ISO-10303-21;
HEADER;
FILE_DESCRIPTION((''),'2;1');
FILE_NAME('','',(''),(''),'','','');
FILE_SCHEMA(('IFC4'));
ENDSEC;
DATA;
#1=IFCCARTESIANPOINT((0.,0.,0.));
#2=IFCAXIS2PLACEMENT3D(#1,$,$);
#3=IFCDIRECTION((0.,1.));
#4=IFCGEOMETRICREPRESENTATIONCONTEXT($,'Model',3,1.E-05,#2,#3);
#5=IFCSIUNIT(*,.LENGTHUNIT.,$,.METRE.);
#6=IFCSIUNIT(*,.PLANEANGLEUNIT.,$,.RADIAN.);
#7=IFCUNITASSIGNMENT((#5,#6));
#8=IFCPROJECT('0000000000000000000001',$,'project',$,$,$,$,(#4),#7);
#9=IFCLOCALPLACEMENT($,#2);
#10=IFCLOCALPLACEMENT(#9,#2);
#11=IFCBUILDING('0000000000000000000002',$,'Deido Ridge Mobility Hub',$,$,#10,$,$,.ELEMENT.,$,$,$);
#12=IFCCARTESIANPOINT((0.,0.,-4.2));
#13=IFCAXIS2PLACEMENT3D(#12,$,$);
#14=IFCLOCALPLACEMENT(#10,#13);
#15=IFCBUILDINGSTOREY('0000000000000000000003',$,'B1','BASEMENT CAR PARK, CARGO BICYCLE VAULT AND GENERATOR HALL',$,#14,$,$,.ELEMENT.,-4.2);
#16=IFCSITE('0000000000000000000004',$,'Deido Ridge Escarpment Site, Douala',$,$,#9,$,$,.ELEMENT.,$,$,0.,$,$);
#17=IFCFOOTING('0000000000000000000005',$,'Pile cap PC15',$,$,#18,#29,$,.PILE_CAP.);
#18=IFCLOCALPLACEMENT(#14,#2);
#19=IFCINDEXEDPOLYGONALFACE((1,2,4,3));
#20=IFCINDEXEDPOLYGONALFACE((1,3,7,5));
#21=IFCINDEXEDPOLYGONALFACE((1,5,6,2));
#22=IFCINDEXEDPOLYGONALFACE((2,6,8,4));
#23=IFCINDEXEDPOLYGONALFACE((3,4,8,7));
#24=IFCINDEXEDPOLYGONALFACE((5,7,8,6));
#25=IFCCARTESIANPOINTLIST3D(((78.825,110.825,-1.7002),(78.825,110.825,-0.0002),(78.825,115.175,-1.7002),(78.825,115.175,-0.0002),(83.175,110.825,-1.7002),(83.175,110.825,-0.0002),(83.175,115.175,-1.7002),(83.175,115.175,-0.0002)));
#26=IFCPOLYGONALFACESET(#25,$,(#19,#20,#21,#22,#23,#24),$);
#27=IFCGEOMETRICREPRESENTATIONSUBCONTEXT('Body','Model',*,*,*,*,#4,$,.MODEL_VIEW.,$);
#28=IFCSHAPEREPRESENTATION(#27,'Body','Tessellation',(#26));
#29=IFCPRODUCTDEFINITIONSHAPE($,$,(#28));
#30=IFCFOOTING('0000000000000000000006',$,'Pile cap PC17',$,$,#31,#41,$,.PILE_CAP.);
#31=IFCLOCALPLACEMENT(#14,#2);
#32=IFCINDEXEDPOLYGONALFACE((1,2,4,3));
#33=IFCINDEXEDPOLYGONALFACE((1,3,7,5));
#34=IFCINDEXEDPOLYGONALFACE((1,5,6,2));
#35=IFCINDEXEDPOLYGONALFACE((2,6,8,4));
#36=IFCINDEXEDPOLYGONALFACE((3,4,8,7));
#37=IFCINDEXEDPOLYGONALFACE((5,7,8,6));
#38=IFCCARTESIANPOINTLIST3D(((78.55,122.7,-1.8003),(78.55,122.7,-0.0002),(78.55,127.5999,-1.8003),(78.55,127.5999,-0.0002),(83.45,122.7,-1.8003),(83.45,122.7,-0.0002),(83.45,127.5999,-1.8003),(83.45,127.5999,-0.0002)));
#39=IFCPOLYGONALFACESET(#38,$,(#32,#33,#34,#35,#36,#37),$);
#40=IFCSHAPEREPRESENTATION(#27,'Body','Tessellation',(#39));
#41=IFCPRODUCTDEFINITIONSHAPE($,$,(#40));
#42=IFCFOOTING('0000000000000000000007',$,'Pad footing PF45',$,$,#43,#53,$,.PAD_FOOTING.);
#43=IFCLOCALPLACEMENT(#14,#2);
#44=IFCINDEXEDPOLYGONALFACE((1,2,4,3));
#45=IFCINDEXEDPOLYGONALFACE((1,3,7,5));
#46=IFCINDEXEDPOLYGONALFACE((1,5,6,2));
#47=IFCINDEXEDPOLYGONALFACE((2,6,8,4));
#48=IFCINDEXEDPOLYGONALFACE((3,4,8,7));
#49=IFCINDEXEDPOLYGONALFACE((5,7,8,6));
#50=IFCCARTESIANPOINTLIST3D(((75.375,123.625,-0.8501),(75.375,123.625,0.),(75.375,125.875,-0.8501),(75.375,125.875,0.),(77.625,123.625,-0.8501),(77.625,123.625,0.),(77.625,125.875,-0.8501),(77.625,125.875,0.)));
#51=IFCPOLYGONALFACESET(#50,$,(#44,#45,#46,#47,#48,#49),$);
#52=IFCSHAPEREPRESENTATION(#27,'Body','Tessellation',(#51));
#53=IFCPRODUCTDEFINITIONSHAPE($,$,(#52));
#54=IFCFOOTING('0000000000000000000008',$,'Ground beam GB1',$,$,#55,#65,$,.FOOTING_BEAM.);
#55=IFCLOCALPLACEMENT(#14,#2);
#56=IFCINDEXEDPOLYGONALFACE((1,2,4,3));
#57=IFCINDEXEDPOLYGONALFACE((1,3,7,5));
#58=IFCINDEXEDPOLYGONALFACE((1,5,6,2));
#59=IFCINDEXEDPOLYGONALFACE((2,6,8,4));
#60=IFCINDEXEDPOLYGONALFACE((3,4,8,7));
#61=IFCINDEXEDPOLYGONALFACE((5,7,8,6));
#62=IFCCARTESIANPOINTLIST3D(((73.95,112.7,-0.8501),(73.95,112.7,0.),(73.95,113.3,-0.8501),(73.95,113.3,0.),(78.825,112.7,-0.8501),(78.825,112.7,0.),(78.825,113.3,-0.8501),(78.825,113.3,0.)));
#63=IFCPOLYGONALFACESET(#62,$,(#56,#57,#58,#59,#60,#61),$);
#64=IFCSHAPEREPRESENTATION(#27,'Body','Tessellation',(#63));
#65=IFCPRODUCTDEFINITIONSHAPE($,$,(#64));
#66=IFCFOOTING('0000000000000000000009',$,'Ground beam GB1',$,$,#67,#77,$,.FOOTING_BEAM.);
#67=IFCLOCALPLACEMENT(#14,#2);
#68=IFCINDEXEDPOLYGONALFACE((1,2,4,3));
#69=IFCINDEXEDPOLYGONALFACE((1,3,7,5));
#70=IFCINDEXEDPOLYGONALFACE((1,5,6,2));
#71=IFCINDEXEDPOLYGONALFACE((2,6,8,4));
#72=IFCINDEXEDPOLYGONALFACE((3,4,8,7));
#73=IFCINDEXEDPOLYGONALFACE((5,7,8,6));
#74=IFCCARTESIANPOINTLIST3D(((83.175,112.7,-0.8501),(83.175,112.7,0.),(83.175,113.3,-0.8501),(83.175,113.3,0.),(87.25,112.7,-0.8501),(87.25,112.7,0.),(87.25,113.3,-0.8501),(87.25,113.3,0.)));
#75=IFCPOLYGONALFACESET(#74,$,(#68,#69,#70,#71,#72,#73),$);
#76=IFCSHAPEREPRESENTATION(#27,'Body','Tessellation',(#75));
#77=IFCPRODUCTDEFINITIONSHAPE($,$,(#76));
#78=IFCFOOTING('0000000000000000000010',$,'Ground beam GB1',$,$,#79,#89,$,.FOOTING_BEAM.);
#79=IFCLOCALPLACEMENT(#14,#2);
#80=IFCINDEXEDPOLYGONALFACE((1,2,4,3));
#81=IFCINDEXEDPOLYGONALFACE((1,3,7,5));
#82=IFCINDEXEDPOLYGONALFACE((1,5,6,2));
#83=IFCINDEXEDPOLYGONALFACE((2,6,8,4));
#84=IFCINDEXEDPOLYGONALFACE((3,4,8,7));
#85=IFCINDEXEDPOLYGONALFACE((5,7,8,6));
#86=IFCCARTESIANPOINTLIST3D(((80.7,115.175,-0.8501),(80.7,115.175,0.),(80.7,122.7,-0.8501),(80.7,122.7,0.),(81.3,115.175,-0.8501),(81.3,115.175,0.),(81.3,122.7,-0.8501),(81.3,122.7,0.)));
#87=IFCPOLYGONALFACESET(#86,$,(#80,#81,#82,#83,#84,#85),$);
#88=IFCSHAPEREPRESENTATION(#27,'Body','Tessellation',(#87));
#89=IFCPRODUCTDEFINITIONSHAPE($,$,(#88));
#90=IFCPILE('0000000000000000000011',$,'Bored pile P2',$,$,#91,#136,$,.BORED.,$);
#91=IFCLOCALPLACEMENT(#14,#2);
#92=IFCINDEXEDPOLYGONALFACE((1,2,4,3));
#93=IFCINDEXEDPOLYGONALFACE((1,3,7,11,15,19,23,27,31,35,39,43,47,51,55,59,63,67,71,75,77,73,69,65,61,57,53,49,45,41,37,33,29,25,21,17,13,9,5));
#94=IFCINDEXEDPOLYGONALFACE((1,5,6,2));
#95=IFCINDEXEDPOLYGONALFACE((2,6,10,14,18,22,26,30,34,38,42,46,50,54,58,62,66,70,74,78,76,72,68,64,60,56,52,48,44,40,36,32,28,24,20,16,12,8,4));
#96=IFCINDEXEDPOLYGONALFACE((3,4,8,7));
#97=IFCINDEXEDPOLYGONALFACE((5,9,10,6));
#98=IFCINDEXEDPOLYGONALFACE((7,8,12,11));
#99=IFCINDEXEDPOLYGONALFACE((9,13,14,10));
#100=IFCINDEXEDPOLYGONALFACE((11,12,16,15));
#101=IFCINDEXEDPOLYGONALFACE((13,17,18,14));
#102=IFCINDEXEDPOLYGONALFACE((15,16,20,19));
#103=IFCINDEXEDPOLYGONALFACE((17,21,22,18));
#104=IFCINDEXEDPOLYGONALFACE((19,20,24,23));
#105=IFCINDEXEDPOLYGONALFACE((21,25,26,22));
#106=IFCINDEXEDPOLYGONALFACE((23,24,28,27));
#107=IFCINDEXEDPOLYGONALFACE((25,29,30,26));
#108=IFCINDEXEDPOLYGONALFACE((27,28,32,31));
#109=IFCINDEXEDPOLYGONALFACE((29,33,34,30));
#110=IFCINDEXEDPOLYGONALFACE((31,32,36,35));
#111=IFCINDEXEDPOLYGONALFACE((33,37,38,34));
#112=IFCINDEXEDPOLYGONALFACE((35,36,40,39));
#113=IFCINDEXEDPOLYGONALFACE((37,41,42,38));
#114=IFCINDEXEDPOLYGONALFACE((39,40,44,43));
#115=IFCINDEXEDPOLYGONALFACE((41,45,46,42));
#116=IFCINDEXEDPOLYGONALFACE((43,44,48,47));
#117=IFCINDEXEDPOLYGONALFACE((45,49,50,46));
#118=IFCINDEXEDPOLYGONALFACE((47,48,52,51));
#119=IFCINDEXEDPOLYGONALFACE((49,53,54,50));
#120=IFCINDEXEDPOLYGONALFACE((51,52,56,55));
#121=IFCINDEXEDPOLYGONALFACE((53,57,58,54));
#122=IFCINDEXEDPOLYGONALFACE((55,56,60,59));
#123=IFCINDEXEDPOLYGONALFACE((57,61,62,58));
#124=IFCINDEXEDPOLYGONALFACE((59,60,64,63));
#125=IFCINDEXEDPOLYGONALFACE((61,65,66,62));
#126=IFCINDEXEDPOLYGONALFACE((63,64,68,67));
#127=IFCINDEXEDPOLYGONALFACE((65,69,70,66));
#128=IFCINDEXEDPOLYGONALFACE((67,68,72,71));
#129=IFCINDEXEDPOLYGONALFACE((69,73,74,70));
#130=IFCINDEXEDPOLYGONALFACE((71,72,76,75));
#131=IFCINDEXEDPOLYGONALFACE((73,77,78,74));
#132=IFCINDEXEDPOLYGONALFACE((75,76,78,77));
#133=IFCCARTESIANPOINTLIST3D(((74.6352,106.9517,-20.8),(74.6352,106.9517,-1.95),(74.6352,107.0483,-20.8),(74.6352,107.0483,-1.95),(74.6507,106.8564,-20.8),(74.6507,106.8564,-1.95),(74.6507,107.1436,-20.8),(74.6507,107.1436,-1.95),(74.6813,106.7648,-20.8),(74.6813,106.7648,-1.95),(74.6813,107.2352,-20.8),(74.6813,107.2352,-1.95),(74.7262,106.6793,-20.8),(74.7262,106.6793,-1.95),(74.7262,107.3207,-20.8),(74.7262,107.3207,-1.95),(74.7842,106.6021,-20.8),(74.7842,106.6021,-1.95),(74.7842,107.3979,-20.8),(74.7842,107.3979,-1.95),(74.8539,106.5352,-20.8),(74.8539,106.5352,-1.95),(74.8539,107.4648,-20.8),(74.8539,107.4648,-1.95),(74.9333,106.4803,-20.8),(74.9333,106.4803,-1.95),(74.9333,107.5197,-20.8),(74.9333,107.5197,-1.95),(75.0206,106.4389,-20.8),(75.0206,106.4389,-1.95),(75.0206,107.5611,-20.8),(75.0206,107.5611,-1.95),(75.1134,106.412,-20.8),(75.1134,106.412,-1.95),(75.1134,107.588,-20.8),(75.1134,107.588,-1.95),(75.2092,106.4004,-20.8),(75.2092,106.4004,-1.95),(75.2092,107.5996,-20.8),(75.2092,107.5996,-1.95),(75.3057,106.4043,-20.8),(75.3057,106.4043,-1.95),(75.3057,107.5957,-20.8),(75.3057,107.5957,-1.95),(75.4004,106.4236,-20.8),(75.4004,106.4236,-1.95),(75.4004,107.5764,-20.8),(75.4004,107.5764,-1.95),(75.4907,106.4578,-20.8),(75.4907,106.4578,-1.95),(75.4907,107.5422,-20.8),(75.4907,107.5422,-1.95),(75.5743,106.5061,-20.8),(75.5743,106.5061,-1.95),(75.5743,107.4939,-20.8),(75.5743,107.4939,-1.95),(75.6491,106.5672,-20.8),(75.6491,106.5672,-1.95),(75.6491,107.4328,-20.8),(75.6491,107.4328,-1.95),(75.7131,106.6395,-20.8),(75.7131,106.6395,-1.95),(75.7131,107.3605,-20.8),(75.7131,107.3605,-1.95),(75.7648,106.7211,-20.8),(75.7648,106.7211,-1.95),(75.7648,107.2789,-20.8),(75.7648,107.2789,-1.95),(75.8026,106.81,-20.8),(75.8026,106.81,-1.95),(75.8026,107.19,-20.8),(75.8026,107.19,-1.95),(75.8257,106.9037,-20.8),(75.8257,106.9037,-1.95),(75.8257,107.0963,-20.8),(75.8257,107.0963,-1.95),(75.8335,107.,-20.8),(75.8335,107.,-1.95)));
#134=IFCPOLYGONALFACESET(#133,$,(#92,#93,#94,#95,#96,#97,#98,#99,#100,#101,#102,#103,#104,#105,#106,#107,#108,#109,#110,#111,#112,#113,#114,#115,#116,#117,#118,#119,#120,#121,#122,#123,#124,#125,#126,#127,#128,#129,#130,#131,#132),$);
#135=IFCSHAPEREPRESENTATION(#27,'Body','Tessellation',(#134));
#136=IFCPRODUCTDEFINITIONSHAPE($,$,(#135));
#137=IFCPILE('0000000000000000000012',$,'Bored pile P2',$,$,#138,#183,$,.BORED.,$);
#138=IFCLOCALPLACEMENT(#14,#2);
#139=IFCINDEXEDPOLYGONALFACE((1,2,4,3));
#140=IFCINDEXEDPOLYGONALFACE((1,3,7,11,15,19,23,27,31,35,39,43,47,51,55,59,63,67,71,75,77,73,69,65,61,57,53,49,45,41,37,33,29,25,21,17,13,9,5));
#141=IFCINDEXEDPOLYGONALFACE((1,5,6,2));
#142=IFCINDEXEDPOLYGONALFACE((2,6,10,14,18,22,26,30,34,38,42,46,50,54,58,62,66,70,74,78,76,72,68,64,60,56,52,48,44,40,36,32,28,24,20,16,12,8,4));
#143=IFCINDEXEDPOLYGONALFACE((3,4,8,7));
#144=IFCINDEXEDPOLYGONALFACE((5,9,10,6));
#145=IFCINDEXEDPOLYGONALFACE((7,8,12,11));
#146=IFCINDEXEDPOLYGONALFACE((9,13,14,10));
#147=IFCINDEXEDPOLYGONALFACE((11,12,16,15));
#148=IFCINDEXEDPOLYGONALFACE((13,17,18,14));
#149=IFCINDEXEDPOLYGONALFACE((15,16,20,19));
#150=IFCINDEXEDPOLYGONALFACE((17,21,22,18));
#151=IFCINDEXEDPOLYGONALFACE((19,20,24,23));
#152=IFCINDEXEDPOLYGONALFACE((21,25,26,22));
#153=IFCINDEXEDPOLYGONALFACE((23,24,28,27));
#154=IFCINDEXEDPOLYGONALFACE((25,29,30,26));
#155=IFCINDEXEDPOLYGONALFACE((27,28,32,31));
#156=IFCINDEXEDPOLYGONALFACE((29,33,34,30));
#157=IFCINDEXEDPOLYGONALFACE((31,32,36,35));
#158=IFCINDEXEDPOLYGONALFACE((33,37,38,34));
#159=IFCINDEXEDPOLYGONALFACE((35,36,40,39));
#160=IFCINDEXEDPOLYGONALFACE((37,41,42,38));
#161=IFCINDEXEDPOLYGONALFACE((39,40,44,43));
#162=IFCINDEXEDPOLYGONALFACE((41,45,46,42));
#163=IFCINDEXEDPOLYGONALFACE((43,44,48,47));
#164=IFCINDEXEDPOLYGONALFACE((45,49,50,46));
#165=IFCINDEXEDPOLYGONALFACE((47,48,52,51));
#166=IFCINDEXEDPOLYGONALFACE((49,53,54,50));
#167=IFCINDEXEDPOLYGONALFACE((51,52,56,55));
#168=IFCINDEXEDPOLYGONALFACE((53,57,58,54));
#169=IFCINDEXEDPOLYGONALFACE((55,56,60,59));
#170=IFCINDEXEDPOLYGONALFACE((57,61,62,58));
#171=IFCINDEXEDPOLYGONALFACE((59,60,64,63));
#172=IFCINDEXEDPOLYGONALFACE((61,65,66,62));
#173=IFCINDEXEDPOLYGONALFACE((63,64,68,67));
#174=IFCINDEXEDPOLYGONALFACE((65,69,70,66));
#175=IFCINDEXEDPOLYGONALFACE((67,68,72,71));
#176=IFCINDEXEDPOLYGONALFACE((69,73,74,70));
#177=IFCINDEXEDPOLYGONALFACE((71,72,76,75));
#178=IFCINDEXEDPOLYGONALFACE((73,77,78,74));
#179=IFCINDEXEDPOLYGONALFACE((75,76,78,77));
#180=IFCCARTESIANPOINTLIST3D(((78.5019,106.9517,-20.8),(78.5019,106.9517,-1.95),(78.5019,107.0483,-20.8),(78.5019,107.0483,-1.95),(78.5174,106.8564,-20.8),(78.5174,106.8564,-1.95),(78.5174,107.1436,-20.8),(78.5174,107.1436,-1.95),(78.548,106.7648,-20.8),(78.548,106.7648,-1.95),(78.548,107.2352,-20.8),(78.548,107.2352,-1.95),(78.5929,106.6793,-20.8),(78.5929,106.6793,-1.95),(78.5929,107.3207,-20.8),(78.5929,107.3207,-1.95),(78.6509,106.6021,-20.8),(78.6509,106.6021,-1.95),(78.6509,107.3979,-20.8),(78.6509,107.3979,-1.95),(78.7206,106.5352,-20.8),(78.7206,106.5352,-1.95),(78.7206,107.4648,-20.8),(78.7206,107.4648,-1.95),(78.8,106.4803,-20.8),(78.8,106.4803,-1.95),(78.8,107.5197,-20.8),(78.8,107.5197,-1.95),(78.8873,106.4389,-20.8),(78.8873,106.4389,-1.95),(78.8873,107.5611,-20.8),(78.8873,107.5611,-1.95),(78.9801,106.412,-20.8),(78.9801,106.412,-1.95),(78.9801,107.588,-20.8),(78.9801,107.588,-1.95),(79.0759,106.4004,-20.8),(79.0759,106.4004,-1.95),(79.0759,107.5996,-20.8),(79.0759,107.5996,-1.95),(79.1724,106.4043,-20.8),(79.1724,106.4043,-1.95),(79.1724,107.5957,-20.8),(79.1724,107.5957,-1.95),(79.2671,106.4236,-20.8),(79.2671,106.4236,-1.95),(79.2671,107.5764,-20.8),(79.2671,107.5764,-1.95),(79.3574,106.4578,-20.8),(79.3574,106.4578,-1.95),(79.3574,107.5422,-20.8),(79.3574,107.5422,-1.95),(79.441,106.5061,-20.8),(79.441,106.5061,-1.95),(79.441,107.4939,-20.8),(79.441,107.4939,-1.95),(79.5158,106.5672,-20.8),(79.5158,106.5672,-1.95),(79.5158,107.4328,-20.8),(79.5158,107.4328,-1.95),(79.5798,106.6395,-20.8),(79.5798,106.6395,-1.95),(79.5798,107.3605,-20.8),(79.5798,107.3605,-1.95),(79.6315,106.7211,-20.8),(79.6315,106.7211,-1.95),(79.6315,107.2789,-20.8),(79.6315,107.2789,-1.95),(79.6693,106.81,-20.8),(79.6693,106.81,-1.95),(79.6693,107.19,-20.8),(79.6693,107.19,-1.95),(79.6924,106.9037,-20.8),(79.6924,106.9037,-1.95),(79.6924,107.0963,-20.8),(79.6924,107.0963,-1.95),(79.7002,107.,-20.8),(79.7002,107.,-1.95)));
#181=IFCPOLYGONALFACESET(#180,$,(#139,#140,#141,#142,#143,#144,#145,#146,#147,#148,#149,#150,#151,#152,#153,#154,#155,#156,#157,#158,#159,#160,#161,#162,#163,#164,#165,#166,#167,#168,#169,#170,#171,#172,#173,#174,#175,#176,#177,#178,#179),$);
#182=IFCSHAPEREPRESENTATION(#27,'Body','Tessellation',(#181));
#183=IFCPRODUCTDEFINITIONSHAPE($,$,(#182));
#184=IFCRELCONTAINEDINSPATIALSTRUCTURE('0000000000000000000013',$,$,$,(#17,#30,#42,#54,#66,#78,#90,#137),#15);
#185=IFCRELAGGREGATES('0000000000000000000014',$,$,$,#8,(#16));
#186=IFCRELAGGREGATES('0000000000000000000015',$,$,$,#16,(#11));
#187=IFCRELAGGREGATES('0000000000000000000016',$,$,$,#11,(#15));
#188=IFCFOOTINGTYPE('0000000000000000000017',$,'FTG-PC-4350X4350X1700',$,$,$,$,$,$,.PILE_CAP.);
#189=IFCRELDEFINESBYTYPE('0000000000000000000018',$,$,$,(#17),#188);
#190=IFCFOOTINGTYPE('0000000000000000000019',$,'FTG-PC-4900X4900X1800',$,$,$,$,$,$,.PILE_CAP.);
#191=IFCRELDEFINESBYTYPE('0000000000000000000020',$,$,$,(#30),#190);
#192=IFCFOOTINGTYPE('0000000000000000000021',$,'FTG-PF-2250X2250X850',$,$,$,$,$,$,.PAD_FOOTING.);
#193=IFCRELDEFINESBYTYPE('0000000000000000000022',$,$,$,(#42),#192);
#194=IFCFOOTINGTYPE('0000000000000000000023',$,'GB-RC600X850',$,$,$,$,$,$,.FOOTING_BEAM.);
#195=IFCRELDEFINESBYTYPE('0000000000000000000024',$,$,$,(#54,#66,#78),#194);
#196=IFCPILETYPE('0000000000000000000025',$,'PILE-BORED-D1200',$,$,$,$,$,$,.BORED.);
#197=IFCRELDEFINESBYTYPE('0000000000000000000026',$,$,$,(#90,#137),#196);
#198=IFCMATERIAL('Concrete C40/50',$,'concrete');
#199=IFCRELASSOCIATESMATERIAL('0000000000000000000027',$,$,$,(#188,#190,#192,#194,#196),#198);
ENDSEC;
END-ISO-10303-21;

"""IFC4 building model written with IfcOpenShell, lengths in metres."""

from ifc_helpers import new_model, si_unit, direction, frame, origin, origin_2d, place, context, subcontext, project, spatial, rectangle, circle, extrude, material, material_profile, profile_set, type_object, element, save


model = new_model("IFC4")

# Units and contexts
model_context = context("Model", 3, precision=1e-05, world=origin(), true_north=direction((0.0, 1.0)))
body_context = subcontext(model_context, "Body", "Model", "MODEL_VIEW")
ifc_project = project(units=[si_unit("LENGTHUNIT", "METRE"), si_unit("PLANEANGLEUNIT", "RADIAN")], contexts=[model_context])

# Site, building, storey
site_placement = place(None, origin())
site = spatial("IfcSite", under=ifc_project, at=site_placement, Name="Deido Ridge Escarpment Site, Douala", CompositionType="ELEMENT", RefElevation=0.0)
building_placement = place(site_placement, origin())
building = spatial("IfcBuilding", under=site, at=building_placement, Name="Deido Ridge Mobility Hub", CompositionType="ELEMENT")
storey_placement = place(building_placement, frame((0.0, 0.0, -4.2)))
storey = spatial("IfcBuildingStorey", under=building, at=storey_placement, Name="B1", Description="BASEMENT CAR PARK, CARGO BICYCLE VAULT AND GENERATOR HALL", CompositionType="ELEMENT", Elevation=-4.2)

# Footings
ifc_material_1 = material(Name="Concrete C40/50", Category="concrete")
footing_type_1 = type_object("IfcFootingType", Name="FTG-PC-4350X4350X1700", PredefinedType="PILE_CAP", material=ifc_material_1)
footing_1_placement = place(storey_placement, frame((81.0, 113.0, -1.7002), z_axis=(0.0, 0.0, 1.0), x_axis=(1.0, 0.0, 0.0)))
element("IfcFooting", 1, at=footing_1_placement, inside=storey, type_object=footing_type_1, Name="Pile cap PC15", PredefinedType="PILE_CAP", context=body_context, shape_type="SweptSolid", body=[
    extrude(rectangle(XDim=4.3501, YDim=4.3501, at=origin_2d()), origin(), (0.0, 0.0, 1.0), 1.7),
])
footing_type_2 = type_object("IfcFootingType", Name="FTG-PC-4900X4900X1800", PredefinedType="PILE_CAP", material=ifc_material_1)
footing_2_placement = place(storey_placement, frame((81.0, 125.1499, -1.8003), z_axis=(0.0, 0.0, 1.0), x_axis=(1.0, 0.0, 0.0)))
element("IfcFooting", 2, at=footing_2_placement, inside=storey, type_object=footing_type_2, Name="Pile cap PC17", PredefinedType="PILE_CAP", context=body_context, shape_type="SweptSolid", body=[
    extrude(rectangle(XDim=4.8999, YDim=4.8999, at=origin_2d()), origin(), (0.0, 0.0, 1.0), 1.8),
])
footing_type_3 = type_object("IfcFootingType", Name="FTG-PF-2250X2250X850", PredefinedType="PAD_FOOTING", material=ifc_material_1)
footing_3_placement = place(storey_placement, frame((76.5, 124.75, -0.8501), z_axis=(0.0, 0.0, 1.0), x_axis=(1.0, 0.0, 0.0)))
element("IfcFooting", 3, at=footing_3_placement, inside=storey, type_object=footing_type_3, Name="Pad footing PF45", PredefinedType="PAD_FOOTING", context=body_context, shape_type="SweptSolid", body=[
    extrude(rectangle(XDim=2.25, YDim=2.25, at=origin_2d()), origin(), (0.0, 0.0, 1.0), 0.8501),
])
ifc_material_profile_1 = material_profile(ifc_material_1, rectangle(XDim=0.6001, YDim=0.8501, at=origin_2d()), Name="RC GB 600x850")
ifc_profile_set_1 = profile_set([ifc_material_profile_1], Name="Concrete C40/50")
footing_type_4 = type_object("IfcFootingType", Name="GB-RC600X850", PredefinedType="FOOTING_BEAM", material=ifc_profile_set_1)
footing_4_placement = place(storey_placement, frame((73.95, 113.0, -0.425), z_axis=(1.0, 0.0, 0.0), x_axis=(0.0, 1.0, 0.0)))
element("IfcFooting", 4, at=footing_4_placement, inside=storey, type_object=footing_type_4, Name="Ground beam GB1", PredefinedType="FOOTING_BEAM", context=body_context, shape_type="SweptSolid", body=[
    extrude(rectangle(XDim=0.6001, YDim=0.8501, at=origin_2d()), origin(), (0.0, 0.0, 1.0), 4.875),
])
footing_5_placement = place(storey_placement, frame((83.175, 113.0, -0.425), z_axis=(1.0, 0.0, 0.0), x_axis=(0.0, 1.0, 0.0)))
element("IfcFooting", 5, at=footing_5_placement, inside=storey, type_object=footing_type_4, Name="Ground beam GB1", PredefinedType="FOOTING_BEAM", context=body_context, shape_type="SweptSolid", body=[
    extrude(rectangle(XDim=0.6001, YDim=0.8501, at=origin_2d()), origin(), (0.0, 0.0, 1.0), 4.075),
])
footing_6_placement = place(storey_placement, frame((81.0, 115.175, -0.425), z_axis=(0.0, 1.0, 0.0), x_axis=(-1.0, 0.0, 0.0)))
element("IfcFooting", 6, at=footing_6_placement, inside=storey, type_object=footing_type_4, Name="Ground beam GB1", PredefinedType="FOOTING_BEAM", context=body_context, shape_type="SweptSolid", body=[
    extrude(rectangle(XDim=0.6001, YDim=0.8501, at=origin_2d()), origin(), (0.0, 0.0, 1.0), 7.5249),
])

# Piles
ifc_material_profile_2 = material_profile(ifc_material_1, circle(Radius=0.6001, at=origin_2d()), Name="BORED PILE D1200")
ifc_profile_set_2 = profile_set([ifc_material_profile_2], Name="Concrete C40/50")
pile_type_1 = type_object("IfcPileType", Name="PILE-BORED-D1200", PredefinedType="BORED", material=ifc_profile_set_2)
for number, where, z_axis, x_axis, name in (
    (7, (75.2334, 107.0, -1.95), (0.0, 0.0, -1.0), (1.0, 0.0, 0.0), "Bored pile P2"),
    (8, (79.1001, 107.0, -1.95), (0.0, 0.0, -1.0), (1.0, 0.0, 0.0), "Bored pile P2"),
):
    element("IfcPile", number, at=place(storey_placement, frame(where, z_axis=z_axis, x_axis=x_axis)), inside=storey, type_object=pile_type_1, Name=name, PredefinedType="BORED", context=body_context, shape_type="SweptSolid", body=[
        extrude(circle(Radius=0.6001, at=origin_2d()), origin(), (0.0, 0.0, 1.0), 18.8501),
    ])

save(model, "model.ifc")
